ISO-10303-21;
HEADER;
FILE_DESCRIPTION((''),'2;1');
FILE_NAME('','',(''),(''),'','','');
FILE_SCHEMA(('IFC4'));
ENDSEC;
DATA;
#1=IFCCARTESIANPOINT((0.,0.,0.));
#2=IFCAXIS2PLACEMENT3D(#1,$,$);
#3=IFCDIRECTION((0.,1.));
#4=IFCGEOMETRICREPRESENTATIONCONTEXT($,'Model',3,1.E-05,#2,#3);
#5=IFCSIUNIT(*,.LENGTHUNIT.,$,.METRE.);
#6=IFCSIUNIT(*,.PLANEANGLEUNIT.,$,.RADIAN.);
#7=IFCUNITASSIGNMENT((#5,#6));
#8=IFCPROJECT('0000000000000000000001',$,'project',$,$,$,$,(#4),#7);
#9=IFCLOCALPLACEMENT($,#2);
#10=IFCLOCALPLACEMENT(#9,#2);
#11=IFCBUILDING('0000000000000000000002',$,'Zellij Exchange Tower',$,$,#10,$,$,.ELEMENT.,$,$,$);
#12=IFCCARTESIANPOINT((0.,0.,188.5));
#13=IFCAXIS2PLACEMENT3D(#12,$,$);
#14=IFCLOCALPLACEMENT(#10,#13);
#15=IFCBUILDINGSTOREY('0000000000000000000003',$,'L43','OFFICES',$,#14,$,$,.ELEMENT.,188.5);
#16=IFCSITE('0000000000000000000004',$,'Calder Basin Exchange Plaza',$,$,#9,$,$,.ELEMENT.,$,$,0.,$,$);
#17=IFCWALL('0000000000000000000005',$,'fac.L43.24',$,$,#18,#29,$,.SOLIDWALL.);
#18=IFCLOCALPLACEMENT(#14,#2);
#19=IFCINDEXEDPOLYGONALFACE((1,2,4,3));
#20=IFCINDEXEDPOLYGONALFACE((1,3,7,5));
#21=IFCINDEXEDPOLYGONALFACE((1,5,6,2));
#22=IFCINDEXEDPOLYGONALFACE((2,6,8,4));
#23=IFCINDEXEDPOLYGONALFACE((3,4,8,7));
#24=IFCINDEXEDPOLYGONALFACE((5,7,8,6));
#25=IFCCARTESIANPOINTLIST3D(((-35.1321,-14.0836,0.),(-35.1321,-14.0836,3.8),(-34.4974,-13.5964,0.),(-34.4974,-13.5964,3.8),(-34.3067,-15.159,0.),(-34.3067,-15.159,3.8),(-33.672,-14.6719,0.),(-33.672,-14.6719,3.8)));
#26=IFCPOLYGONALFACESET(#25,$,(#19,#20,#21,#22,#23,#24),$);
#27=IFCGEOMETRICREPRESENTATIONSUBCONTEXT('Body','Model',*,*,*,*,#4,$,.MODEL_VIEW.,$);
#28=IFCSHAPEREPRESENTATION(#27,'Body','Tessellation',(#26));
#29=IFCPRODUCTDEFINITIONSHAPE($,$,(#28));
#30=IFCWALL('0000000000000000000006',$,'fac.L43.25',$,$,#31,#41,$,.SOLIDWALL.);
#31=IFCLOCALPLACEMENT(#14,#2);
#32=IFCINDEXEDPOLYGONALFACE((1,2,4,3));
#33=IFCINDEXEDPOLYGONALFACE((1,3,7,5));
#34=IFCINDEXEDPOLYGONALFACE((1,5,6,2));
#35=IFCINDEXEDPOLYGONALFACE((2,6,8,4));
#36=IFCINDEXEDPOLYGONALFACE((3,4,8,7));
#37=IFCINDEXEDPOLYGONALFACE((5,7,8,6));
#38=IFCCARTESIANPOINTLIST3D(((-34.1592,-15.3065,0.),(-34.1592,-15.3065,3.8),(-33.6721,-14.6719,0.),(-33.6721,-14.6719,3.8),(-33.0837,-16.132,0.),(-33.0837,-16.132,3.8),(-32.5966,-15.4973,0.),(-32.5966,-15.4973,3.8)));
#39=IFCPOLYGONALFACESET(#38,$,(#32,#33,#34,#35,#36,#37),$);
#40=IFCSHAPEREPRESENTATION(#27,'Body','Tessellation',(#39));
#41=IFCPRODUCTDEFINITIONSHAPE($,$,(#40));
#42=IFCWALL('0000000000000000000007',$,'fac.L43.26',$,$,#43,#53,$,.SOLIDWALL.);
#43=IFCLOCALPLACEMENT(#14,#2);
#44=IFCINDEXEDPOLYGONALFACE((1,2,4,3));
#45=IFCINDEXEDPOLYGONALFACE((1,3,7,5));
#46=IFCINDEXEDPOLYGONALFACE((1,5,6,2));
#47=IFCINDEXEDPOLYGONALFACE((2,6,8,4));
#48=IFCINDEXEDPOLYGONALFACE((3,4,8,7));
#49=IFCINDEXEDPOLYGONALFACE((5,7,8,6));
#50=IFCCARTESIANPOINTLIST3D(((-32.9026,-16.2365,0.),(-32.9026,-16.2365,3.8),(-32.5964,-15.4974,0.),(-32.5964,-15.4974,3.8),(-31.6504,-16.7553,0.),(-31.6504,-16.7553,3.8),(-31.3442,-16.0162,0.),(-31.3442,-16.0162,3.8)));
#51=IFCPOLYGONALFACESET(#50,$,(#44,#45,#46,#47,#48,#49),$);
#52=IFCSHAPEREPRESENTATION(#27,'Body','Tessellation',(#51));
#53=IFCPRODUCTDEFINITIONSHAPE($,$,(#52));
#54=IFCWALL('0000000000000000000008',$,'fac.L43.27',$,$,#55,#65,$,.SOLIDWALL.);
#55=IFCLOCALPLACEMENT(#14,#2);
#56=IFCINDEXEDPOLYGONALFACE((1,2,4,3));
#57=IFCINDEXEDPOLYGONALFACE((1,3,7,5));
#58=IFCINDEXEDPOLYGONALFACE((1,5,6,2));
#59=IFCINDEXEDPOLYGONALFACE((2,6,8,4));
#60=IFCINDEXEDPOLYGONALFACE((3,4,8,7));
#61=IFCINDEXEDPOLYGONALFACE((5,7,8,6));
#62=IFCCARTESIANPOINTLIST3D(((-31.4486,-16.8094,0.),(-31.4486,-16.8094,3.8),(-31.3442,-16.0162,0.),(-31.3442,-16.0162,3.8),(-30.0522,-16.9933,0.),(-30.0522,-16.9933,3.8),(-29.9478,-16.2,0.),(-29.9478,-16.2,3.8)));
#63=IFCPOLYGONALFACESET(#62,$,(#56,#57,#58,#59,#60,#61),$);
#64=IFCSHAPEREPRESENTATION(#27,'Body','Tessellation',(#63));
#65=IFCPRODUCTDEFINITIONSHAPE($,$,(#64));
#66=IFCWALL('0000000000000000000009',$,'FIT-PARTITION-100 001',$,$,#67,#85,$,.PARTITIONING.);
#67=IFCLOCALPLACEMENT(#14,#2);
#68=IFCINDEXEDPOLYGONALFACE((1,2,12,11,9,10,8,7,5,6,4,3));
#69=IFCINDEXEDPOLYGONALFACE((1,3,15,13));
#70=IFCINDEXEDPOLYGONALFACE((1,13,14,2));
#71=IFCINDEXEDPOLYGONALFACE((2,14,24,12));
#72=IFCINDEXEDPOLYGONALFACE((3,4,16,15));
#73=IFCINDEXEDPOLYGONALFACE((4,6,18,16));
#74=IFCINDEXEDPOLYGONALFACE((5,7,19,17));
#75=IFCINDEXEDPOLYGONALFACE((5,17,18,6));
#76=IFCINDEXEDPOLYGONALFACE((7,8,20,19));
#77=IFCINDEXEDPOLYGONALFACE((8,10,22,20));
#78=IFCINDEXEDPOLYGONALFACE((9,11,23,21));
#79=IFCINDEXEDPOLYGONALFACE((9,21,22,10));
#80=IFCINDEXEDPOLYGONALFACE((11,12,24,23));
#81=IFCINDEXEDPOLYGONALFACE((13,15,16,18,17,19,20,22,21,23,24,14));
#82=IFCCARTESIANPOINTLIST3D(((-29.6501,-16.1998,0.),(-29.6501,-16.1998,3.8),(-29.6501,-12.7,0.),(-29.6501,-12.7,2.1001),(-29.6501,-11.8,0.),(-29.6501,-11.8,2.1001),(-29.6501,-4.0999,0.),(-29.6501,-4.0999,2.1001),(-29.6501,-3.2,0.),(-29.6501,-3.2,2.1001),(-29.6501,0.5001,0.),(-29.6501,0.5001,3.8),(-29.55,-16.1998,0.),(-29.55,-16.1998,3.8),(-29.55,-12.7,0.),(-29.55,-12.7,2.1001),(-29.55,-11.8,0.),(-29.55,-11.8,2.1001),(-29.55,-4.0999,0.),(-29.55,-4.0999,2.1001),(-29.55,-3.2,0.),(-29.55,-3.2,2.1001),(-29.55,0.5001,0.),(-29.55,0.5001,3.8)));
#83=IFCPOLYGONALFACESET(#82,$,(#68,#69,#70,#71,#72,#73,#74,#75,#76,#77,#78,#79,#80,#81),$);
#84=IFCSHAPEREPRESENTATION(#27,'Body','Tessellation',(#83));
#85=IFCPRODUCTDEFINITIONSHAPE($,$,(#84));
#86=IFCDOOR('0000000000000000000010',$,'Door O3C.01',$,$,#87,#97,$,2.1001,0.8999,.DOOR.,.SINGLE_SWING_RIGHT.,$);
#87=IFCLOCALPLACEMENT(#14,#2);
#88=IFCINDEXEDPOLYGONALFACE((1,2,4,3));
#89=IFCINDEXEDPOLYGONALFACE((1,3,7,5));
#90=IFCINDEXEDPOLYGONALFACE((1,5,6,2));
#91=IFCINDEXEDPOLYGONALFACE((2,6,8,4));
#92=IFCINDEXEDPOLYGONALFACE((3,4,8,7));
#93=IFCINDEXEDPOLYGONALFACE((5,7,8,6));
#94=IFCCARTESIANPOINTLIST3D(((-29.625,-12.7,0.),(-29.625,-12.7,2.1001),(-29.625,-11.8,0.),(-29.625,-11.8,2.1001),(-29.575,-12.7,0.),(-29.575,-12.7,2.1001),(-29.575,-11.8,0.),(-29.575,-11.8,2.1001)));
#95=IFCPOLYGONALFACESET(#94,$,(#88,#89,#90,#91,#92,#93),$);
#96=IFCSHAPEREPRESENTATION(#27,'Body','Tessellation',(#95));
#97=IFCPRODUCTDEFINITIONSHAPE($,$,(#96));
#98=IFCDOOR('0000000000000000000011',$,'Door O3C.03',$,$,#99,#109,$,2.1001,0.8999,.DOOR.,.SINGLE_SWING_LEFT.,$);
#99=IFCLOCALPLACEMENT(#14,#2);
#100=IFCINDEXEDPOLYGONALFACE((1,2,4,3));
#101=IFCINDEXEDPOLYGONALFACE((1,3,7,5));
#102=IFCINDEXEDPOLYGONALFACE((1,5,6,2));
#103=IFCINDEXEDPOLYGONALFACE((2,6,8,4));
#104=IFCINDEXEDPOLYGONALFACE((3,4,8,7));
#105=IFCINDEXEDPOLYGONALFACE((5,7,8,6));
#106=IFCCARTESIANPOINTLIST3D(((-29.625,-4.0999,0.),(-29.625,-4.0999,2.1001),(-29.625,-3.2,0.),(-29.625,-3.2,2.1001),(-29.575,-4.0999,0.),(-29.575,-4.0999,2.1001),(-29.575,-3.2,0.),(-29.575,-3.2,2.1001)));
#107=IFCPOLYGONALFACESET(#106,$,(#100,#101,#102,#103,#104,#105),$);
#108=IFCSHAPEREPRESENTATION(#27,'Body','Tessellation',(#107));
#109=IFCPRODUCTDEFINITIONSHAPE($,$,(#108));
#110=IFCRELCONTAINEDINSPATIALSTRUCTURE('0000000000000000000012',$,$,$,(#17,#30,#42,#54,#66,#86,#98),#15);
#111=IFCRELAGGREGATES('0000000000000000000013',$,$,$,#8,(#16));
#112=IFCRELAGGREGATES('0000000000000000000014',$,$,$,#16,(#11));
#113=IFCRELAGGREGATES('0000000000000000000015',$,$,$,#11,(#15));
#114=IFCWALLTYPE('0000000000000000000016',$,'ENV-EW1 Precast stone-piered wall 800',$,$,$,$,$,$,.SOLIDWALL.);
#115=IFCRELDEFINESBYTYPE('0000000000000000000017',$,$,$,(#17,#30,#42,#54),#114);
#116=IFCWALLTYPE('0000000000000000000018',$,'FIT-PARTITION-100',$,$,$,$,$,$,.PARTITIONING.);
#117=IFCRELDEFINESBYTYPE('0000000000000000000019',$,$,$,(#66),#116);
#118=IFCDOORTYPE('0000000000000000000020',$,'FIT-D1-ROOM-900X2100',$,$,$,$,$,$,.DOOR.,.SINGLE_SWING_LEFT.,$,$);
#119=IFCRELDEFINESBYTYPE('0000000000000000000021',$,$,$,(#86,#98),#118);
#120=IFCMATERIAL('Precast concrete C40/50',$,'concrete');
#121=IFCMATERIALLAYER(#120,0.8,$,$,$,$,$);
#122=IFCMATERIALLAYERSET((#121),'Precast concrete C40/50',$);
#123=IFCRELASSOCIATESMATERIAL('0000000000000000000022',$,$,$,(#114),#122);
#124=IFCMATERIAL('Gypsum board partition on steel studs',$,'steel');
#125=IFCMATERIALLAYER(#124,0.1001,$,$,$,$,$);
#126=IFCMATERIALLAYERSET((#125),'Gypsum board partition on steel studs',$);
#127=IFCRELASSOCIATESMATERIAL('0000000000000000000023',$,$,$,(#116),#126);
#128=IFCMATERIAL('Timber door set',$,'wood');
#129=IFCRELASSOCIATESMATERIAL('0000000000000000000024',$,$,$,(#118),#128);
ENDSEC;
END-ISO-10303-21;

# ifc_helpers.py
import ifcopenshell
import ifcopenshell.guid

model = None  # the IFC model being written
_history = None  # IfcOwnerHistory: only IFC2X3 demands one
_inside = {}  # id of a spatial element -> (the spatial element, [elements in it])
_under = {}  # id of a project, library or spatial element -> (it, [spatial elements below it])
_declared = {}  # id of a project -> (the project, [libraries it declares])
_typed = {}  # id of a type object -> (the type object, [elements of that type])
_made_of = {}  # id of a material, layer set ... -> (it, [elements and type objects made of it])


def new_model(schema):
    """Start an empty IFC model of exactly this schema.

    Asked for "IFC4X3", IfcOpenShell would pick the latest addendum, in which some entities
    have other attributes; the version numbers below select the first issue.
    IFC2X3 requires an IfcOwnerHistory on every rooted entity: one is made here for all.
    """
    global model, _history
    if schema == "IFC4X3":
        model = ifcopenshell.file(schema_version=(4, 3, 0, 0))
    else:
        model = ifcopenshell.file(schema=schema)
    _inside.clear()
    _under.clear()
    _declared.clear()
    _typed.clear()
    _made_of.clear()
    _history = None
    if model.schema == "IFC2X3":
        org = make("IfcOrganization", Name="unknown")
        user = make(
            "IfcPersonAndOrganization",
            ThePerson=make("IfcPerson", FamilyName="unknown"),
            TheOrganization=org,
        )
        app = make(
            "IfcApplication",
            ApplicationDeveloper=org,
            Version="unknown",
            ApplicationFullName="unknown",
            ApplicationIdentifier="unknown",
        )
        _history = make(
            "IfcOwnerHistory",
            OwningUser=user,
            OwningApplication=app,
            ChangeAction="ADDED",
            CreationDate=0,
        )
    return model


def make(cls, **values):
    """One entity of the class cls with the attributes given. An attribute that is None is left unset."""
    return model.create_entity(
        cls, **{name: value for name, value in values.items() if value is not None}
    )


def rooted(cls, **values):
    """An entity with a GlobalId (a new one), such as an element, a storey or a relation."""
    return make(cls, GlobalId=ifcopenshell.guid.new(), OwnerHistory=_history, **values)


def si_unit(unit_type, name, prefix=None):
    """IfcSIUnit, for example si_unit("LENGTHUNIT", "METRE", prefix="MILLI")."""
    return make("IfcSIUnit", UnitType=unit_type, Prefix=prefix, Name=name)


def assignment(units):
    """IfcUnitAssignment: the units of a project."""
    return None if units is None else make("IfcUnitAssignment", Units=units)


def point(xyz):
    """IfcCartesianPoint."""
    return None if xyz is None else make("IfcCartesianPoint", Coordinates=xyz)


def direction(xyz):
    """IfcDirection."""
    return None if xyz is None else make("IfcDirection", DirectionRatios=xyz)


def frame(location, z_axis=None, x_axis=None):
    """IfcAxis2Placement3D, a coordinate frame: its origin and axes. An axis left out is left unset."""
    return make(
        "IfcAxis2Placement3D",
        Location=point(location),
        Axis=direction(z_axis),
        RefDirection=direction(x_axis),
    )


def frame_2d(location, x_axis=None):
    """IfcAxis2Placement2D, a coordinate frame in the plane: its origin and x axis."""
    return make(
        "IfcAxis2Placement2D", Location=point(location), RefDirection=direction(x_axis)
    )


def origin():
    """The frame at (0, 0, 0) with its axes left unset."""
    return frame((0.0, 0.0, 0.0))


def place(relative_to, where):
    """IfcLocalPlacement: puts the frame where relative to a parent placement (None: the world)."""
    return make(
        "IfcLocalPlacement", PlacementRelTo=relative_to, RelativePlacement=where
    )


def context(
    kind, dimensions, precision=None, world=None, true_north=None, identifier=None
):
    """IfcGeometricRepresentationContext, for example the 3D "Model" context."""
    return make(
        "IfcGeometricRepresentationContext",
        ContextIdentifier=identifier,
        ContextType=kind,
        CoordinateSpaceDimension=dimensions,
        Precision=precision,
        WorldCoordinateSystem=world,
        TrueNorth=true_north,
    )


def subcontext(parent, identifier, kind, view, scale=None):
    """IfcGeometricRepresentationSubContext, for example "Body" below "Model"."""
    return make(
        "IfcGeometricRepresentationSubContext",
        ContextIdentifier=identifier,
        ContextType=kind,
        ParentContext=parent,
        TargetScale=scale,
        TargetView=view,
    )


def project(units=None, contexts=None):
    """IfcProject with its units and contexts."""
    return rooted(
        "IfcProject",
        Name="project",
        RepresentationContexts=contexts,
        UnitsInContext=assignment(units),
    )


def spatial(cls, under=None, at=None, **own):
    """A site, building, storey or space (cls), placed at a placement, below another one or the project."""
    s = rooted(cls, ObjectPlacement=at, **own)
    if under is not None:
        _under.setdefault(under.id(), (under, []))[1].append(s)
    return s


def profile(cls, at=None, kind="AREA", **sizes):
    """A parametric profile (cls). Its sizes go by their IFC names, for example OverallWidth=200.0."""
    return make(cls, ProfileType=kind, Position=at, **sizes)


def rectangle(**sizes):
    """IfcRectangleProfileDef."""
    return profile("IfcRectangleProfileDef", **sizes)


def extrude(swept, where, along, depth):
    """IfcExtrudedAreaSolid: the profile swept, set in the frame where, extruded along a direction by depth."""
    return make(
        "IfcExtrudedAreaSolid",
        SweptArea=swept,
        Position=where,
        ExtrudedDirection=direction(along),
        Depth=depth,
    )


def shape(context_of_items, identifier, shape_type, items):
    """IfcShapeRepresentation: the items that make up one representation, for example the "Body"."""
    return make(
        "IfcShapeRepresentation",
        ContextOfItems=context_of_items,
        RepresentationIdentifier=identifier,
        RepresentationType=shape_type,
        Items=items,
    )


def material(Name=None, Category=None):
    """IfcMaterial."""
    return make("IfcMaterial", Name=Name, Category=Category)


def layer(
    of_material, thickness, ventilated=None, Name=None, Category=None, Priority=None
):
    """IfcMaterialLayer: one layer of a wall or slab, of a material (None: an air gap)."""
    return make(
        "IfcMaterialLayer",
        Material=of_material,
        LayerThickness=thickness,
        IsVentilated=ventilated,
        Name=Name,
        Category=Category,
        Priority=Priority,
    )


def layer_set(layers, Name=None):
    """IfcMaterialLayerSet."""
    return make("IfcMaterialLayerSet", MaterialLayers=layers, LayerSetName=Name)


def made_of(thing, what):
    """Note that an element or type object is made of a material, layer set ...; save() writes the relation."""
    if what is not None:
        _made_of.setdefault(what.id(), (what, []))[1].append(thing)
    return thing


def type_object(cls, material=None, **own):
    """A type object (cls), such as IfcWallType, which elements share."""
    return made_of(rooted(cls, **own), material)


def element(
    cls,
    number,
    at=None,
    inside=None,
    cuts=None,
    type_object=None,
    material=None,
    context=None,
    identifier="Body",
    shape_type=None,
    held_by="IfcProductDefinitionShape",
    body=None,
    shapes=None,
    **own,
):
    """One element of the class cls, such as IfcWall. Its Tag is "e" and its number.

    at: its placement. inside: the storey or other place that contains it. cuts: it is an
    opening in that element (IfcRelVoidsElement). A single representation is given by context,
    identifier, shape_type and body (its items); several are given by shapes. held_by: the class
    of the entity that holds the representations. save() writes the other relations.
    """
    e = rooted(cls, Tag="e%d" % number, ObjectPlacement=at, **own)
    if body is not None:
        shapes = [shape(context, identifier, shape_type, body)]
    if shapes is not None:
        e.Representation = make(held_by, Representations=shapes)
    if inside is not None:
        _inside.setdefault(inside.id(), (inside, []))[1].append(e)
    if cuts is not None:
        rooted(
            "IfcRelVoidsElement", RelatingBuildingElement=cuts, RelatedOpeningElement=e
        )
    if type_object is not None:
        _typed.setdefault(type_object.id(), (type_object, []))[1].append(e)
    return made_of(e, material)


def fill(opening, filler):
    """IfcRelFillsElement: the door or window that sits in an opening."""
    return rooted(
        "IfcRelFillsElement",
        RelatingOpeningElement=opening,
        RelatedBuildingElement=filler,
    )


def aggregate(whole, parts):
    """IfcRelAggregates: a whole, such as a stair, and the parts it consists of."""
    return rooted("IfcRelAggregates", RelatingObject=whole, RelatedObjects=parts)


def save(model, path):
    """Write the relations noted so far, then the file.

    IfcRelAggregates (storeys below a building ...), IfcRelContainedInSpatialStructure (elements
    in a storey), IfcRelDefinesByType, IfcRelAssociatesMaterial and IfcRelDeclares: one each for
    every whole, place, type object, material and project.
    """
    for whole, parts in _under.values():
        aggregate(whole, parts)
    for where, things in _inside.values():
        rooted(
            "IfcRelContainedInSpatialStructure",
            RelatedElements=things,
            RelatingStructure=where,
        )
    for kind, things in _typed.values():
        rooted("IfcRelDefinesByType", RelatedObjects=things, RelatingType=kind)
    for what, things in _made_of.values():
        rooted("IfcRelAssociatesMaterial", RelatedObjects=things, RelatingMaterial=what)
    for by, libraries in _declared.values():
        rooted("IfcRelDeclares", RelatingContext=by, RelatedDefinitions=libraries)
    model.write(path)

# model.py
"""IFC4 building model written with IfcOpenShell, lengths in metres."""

from ifc_helpers import new_model, si_unit, direction, frame, frame_2d, origin, place, context, subcontext, project, spatial, rectangle, extrude, material, layer, layer_set, type_object, element, fill, save


model = new_model("IFC4")

# Units and contexts
model_context = context("Model", 3, precision=1e-05, world=origin(), true_north=direction((0.0, 1.0)))
body_context = subcontext(model_context, "Body", "Model", "MODEL_VIEW")
ifc_project = project(units=[si_unit("LENGTHUNIT", "METRE"), si_unit("PLANEANGLEUNIT", "RADIAN")], contexts=[model_context])

# Site, building, storey
site_placement = place(None, origin())
site = spatial("IfcSite", under=ifc_project, at=site_placement, Name="Calder Basin Exchange Plaza", CompositionType="ELEMENT", RefElevation=0.0)
building_placement = place(site_placement, origin())
building = spatial("IfcBuilding", under=site, at=building_placement, Name="Zellij Exchange Tower", CompositionType="ELEMENT")
storey_placement = place(building_placement, frame((0.0, 0.0, 188.5)))
storey = spatial("IfcBuildingStorey", under=building, at=storey_placement, Name="L43", Description="OFFICES", CompositionType="ELEMENT", Elevation=188.5)

# Shared definitions
ifc_material_1 = material(Name="Precast concrete C40/50", Category="concrete")
ifc_layer_1 = layer(ifc_material_1, 0.8)
ifc_layer_set_1 = layer_set([ifc_layer_1], Name="Precast concrete C40/50")
wall_type_1 = type_object("IfcWallType", Name="ENV-EW1 Precast stone-piered wall 800", PredefinedType="SOLIDWALL", material=ifc_layer_set_1)

# Walls
for number, where, z_axis, x_axis, name in (
    (1, (-34.8147, -13.8401, 0.0), (0.0, 0.0, 1.0), (0.608866, -0.793273, 0.0), "fac.L43.24"),
    (2, (-33.9155, -14.9893, 0.0), (0.0, 0.0, 1.0), (0.793273, -0.608866, 0.0), "fac.L43.25"),
):
    element("IfcWall", number, at=place(storey_placement, frame(where, z_axis=z_axis, x_axis=x_axis)), inside=storey, type_object=wall_type_1, Name=name, PredefinedType="SOLIDWALL", context=body_context, shape_type="SweptSolid", body=[
        extrude(rectangle(XDim=1.3557, YDim=0.8, at=frame_2d((0.6777, 0.0))), origin(), (0.0, 0.0, 1.0), 3.8),
    ])
wall_1_placement = place(storey_placement, frame((-32.7495, -15.8669, 0.0), z_axis=(0.0, 0.0, 1.0), x_axis=(0.923848, -0.38276, 0.0)))
element("IfcWall", 3, at=wall_1_placement, inside=storey, type_object=wall_type_1, Name="fac.L43.26", PredefinedType="SOLIDWALL", context=body_context, shape_type="SweptSolid", body=[
    extrude(rectangle(XDim=1.3555, YDim=0.8, at=frame_2d((0.6777, 0.0))), origin(), (0.0, 0.0, 1.0), 3.8),
])
wall_2_placement = place(storey_placement, frame((-31.3962, -16.4128, 0.0), z_axis=(0.0, 0.0, 1.0), x_axis=(0.991446, -0.130517, 0.0)))
element("IfcWall", 4, at=wall_2_placement, inside=storey, type_object=wall_type_1, Name="fac.L43.27", PredefinedType="SOLIDWALL", context=body_context, shape_type="SweptSolid", body=[
    extrude(rectangle(XDim=1.4084, YDim=0.8, at=frame_2d((0.7041, 0.0))), origin(), (0.0, 0.0, 1.0), 3.8),
])

# Wall, openings, doors
ifc_material_2 = material(Name="Gypsum board partition on steel studs", Category="steel")
ifc_layer_2 = layer(ifc_material_2, 0.1001)
ifc_layer_set_2 = layer_set([ifc_layer_2], Name="Gypsum board partition on steel studs")
wall_type_2 = type_object("IfcWallType", Name="FIT-PARTITION-100", PredefinedType="PARTITIONING", material=ifc_layer_set_2)
wall_3_placement = place(storey_placement, frame((-29.6001, -16.2, 0.0), z_axis=(0.0, 0.0, 1.0), x_axis=(0.0, 1.0, 0.0)))
wall_3 = element("IfcWall", 5, at=wall_3_placement, inside=storey, type_object=wall_type_2, Name="FIT-PARTITION-100 001", PredefinedType="PARTITIONING", context=body_context, shape_type="SweptSolid", body=[
    extrude(rectangle(XDim=16.7, YDim=0.1001, at=frame_2d((8.3501, 0.0))), origin(), (0.0, 0.0, 1.0), 3.8),
])
opening_1_placement = place(wall_3_placement, frame((3.5, 0.0, 0.0)))
opening_1 = element("IfcOpeningElement", 6, at=opening_1_placement, cuts=wall_3, PredefinedType="OPENING", context=body_context, shape_type="SweptSolid", body=[
    extrude(rectangle(XDim=0.8999, YDim=2.1001, at=frame_2d((0.45, 1.05))), frame((0.0, 0.062, 0.0), z_axis=(0.0, -1.0, 0.0), x_axis=(1.0, 0.0, 0.0)), (0.0, 0.0, 1.0), 0.124),
])
opening_2_placement = place(wall_3_placement, frame((12.1001, 0.0, 0.0)))
opening_2 = element("IfcOpeningElement", 7, at=opening_2_placement, cuts=wall_3, PredefinedType="OPENING", context=body_context, shape_type="SweptSolid", body=[
    extrude(rectangle(XDim=0.8999, YDim=2.1001, at=frame_2d((0.45, 1.05))), frame((0.0, 0.062, 0.0), z_axis=(0.0, -1.0, 0.0), x_axis=(1.0, 0.0, 0.0)), (0.0, 0.0, 1.0), 0.124),
])
ifc_material_3 = material(Name="Timber door set", Category="wood")
door_type = type_object("IfcDoorType", Name="FIT-D1-ROOM-900X2100", OperationType="SINGLE_SWING_LEFT", PredefinedType="DOOR", material=ifc_material_3)
door_1_placement = place(opening_1_placement, origin())
door_1 = element("IfcDoor", 8, at=door_1_placement, inside=storey, type_object=door_type, Name="Door O3C.01", OperationType="SINGLE_SWING_RIGHT", OverallHeight=2.1001, OverallWidth=0.8999, PredefinedType="DOOR", context=body_context, shape_type="SweptSolid", body=[
    extrude(rectangle(XDim=0.8999, YDim=2.1001, at=frame_2d((0.45, 1.05))), frame((0.0, 0.0249, 0.0), z_axis=(0.0, -1.0, 0.0), x_axis=(1.0, 0.0, 0.0)), (0.0, 0.0, 1.0), 0.05),
])
fill(opening_1, door_1)
door_2_placement = place(opening_2_placement, origin())
door_2 = element("IfcDoor", 9, at=door_2_placement, inside=storey, type_object=door_type, Name="Door O3C.03", OperationType="SINGLE_SWING_LEFT", OverallHeight=2.1001, OverallWidth=0.8999, PredefinedType="DOOR", context=body_context, shape_type="SweptSolid", body=[
    extrude(rectangle(XDim=0.8999, YDim=2.1001, at=frame_2d((0.45, 1.05))), frame((0.0, 0.0249, 0.0), z_axis=(0.0, -1.0, 0.0), x_axis=(1.0, 0.0, 0.0)), (0.0, 0.0, 1.0), 0.05),
])
fill(opening_2, door_2)

save(model, "model.ifc")
